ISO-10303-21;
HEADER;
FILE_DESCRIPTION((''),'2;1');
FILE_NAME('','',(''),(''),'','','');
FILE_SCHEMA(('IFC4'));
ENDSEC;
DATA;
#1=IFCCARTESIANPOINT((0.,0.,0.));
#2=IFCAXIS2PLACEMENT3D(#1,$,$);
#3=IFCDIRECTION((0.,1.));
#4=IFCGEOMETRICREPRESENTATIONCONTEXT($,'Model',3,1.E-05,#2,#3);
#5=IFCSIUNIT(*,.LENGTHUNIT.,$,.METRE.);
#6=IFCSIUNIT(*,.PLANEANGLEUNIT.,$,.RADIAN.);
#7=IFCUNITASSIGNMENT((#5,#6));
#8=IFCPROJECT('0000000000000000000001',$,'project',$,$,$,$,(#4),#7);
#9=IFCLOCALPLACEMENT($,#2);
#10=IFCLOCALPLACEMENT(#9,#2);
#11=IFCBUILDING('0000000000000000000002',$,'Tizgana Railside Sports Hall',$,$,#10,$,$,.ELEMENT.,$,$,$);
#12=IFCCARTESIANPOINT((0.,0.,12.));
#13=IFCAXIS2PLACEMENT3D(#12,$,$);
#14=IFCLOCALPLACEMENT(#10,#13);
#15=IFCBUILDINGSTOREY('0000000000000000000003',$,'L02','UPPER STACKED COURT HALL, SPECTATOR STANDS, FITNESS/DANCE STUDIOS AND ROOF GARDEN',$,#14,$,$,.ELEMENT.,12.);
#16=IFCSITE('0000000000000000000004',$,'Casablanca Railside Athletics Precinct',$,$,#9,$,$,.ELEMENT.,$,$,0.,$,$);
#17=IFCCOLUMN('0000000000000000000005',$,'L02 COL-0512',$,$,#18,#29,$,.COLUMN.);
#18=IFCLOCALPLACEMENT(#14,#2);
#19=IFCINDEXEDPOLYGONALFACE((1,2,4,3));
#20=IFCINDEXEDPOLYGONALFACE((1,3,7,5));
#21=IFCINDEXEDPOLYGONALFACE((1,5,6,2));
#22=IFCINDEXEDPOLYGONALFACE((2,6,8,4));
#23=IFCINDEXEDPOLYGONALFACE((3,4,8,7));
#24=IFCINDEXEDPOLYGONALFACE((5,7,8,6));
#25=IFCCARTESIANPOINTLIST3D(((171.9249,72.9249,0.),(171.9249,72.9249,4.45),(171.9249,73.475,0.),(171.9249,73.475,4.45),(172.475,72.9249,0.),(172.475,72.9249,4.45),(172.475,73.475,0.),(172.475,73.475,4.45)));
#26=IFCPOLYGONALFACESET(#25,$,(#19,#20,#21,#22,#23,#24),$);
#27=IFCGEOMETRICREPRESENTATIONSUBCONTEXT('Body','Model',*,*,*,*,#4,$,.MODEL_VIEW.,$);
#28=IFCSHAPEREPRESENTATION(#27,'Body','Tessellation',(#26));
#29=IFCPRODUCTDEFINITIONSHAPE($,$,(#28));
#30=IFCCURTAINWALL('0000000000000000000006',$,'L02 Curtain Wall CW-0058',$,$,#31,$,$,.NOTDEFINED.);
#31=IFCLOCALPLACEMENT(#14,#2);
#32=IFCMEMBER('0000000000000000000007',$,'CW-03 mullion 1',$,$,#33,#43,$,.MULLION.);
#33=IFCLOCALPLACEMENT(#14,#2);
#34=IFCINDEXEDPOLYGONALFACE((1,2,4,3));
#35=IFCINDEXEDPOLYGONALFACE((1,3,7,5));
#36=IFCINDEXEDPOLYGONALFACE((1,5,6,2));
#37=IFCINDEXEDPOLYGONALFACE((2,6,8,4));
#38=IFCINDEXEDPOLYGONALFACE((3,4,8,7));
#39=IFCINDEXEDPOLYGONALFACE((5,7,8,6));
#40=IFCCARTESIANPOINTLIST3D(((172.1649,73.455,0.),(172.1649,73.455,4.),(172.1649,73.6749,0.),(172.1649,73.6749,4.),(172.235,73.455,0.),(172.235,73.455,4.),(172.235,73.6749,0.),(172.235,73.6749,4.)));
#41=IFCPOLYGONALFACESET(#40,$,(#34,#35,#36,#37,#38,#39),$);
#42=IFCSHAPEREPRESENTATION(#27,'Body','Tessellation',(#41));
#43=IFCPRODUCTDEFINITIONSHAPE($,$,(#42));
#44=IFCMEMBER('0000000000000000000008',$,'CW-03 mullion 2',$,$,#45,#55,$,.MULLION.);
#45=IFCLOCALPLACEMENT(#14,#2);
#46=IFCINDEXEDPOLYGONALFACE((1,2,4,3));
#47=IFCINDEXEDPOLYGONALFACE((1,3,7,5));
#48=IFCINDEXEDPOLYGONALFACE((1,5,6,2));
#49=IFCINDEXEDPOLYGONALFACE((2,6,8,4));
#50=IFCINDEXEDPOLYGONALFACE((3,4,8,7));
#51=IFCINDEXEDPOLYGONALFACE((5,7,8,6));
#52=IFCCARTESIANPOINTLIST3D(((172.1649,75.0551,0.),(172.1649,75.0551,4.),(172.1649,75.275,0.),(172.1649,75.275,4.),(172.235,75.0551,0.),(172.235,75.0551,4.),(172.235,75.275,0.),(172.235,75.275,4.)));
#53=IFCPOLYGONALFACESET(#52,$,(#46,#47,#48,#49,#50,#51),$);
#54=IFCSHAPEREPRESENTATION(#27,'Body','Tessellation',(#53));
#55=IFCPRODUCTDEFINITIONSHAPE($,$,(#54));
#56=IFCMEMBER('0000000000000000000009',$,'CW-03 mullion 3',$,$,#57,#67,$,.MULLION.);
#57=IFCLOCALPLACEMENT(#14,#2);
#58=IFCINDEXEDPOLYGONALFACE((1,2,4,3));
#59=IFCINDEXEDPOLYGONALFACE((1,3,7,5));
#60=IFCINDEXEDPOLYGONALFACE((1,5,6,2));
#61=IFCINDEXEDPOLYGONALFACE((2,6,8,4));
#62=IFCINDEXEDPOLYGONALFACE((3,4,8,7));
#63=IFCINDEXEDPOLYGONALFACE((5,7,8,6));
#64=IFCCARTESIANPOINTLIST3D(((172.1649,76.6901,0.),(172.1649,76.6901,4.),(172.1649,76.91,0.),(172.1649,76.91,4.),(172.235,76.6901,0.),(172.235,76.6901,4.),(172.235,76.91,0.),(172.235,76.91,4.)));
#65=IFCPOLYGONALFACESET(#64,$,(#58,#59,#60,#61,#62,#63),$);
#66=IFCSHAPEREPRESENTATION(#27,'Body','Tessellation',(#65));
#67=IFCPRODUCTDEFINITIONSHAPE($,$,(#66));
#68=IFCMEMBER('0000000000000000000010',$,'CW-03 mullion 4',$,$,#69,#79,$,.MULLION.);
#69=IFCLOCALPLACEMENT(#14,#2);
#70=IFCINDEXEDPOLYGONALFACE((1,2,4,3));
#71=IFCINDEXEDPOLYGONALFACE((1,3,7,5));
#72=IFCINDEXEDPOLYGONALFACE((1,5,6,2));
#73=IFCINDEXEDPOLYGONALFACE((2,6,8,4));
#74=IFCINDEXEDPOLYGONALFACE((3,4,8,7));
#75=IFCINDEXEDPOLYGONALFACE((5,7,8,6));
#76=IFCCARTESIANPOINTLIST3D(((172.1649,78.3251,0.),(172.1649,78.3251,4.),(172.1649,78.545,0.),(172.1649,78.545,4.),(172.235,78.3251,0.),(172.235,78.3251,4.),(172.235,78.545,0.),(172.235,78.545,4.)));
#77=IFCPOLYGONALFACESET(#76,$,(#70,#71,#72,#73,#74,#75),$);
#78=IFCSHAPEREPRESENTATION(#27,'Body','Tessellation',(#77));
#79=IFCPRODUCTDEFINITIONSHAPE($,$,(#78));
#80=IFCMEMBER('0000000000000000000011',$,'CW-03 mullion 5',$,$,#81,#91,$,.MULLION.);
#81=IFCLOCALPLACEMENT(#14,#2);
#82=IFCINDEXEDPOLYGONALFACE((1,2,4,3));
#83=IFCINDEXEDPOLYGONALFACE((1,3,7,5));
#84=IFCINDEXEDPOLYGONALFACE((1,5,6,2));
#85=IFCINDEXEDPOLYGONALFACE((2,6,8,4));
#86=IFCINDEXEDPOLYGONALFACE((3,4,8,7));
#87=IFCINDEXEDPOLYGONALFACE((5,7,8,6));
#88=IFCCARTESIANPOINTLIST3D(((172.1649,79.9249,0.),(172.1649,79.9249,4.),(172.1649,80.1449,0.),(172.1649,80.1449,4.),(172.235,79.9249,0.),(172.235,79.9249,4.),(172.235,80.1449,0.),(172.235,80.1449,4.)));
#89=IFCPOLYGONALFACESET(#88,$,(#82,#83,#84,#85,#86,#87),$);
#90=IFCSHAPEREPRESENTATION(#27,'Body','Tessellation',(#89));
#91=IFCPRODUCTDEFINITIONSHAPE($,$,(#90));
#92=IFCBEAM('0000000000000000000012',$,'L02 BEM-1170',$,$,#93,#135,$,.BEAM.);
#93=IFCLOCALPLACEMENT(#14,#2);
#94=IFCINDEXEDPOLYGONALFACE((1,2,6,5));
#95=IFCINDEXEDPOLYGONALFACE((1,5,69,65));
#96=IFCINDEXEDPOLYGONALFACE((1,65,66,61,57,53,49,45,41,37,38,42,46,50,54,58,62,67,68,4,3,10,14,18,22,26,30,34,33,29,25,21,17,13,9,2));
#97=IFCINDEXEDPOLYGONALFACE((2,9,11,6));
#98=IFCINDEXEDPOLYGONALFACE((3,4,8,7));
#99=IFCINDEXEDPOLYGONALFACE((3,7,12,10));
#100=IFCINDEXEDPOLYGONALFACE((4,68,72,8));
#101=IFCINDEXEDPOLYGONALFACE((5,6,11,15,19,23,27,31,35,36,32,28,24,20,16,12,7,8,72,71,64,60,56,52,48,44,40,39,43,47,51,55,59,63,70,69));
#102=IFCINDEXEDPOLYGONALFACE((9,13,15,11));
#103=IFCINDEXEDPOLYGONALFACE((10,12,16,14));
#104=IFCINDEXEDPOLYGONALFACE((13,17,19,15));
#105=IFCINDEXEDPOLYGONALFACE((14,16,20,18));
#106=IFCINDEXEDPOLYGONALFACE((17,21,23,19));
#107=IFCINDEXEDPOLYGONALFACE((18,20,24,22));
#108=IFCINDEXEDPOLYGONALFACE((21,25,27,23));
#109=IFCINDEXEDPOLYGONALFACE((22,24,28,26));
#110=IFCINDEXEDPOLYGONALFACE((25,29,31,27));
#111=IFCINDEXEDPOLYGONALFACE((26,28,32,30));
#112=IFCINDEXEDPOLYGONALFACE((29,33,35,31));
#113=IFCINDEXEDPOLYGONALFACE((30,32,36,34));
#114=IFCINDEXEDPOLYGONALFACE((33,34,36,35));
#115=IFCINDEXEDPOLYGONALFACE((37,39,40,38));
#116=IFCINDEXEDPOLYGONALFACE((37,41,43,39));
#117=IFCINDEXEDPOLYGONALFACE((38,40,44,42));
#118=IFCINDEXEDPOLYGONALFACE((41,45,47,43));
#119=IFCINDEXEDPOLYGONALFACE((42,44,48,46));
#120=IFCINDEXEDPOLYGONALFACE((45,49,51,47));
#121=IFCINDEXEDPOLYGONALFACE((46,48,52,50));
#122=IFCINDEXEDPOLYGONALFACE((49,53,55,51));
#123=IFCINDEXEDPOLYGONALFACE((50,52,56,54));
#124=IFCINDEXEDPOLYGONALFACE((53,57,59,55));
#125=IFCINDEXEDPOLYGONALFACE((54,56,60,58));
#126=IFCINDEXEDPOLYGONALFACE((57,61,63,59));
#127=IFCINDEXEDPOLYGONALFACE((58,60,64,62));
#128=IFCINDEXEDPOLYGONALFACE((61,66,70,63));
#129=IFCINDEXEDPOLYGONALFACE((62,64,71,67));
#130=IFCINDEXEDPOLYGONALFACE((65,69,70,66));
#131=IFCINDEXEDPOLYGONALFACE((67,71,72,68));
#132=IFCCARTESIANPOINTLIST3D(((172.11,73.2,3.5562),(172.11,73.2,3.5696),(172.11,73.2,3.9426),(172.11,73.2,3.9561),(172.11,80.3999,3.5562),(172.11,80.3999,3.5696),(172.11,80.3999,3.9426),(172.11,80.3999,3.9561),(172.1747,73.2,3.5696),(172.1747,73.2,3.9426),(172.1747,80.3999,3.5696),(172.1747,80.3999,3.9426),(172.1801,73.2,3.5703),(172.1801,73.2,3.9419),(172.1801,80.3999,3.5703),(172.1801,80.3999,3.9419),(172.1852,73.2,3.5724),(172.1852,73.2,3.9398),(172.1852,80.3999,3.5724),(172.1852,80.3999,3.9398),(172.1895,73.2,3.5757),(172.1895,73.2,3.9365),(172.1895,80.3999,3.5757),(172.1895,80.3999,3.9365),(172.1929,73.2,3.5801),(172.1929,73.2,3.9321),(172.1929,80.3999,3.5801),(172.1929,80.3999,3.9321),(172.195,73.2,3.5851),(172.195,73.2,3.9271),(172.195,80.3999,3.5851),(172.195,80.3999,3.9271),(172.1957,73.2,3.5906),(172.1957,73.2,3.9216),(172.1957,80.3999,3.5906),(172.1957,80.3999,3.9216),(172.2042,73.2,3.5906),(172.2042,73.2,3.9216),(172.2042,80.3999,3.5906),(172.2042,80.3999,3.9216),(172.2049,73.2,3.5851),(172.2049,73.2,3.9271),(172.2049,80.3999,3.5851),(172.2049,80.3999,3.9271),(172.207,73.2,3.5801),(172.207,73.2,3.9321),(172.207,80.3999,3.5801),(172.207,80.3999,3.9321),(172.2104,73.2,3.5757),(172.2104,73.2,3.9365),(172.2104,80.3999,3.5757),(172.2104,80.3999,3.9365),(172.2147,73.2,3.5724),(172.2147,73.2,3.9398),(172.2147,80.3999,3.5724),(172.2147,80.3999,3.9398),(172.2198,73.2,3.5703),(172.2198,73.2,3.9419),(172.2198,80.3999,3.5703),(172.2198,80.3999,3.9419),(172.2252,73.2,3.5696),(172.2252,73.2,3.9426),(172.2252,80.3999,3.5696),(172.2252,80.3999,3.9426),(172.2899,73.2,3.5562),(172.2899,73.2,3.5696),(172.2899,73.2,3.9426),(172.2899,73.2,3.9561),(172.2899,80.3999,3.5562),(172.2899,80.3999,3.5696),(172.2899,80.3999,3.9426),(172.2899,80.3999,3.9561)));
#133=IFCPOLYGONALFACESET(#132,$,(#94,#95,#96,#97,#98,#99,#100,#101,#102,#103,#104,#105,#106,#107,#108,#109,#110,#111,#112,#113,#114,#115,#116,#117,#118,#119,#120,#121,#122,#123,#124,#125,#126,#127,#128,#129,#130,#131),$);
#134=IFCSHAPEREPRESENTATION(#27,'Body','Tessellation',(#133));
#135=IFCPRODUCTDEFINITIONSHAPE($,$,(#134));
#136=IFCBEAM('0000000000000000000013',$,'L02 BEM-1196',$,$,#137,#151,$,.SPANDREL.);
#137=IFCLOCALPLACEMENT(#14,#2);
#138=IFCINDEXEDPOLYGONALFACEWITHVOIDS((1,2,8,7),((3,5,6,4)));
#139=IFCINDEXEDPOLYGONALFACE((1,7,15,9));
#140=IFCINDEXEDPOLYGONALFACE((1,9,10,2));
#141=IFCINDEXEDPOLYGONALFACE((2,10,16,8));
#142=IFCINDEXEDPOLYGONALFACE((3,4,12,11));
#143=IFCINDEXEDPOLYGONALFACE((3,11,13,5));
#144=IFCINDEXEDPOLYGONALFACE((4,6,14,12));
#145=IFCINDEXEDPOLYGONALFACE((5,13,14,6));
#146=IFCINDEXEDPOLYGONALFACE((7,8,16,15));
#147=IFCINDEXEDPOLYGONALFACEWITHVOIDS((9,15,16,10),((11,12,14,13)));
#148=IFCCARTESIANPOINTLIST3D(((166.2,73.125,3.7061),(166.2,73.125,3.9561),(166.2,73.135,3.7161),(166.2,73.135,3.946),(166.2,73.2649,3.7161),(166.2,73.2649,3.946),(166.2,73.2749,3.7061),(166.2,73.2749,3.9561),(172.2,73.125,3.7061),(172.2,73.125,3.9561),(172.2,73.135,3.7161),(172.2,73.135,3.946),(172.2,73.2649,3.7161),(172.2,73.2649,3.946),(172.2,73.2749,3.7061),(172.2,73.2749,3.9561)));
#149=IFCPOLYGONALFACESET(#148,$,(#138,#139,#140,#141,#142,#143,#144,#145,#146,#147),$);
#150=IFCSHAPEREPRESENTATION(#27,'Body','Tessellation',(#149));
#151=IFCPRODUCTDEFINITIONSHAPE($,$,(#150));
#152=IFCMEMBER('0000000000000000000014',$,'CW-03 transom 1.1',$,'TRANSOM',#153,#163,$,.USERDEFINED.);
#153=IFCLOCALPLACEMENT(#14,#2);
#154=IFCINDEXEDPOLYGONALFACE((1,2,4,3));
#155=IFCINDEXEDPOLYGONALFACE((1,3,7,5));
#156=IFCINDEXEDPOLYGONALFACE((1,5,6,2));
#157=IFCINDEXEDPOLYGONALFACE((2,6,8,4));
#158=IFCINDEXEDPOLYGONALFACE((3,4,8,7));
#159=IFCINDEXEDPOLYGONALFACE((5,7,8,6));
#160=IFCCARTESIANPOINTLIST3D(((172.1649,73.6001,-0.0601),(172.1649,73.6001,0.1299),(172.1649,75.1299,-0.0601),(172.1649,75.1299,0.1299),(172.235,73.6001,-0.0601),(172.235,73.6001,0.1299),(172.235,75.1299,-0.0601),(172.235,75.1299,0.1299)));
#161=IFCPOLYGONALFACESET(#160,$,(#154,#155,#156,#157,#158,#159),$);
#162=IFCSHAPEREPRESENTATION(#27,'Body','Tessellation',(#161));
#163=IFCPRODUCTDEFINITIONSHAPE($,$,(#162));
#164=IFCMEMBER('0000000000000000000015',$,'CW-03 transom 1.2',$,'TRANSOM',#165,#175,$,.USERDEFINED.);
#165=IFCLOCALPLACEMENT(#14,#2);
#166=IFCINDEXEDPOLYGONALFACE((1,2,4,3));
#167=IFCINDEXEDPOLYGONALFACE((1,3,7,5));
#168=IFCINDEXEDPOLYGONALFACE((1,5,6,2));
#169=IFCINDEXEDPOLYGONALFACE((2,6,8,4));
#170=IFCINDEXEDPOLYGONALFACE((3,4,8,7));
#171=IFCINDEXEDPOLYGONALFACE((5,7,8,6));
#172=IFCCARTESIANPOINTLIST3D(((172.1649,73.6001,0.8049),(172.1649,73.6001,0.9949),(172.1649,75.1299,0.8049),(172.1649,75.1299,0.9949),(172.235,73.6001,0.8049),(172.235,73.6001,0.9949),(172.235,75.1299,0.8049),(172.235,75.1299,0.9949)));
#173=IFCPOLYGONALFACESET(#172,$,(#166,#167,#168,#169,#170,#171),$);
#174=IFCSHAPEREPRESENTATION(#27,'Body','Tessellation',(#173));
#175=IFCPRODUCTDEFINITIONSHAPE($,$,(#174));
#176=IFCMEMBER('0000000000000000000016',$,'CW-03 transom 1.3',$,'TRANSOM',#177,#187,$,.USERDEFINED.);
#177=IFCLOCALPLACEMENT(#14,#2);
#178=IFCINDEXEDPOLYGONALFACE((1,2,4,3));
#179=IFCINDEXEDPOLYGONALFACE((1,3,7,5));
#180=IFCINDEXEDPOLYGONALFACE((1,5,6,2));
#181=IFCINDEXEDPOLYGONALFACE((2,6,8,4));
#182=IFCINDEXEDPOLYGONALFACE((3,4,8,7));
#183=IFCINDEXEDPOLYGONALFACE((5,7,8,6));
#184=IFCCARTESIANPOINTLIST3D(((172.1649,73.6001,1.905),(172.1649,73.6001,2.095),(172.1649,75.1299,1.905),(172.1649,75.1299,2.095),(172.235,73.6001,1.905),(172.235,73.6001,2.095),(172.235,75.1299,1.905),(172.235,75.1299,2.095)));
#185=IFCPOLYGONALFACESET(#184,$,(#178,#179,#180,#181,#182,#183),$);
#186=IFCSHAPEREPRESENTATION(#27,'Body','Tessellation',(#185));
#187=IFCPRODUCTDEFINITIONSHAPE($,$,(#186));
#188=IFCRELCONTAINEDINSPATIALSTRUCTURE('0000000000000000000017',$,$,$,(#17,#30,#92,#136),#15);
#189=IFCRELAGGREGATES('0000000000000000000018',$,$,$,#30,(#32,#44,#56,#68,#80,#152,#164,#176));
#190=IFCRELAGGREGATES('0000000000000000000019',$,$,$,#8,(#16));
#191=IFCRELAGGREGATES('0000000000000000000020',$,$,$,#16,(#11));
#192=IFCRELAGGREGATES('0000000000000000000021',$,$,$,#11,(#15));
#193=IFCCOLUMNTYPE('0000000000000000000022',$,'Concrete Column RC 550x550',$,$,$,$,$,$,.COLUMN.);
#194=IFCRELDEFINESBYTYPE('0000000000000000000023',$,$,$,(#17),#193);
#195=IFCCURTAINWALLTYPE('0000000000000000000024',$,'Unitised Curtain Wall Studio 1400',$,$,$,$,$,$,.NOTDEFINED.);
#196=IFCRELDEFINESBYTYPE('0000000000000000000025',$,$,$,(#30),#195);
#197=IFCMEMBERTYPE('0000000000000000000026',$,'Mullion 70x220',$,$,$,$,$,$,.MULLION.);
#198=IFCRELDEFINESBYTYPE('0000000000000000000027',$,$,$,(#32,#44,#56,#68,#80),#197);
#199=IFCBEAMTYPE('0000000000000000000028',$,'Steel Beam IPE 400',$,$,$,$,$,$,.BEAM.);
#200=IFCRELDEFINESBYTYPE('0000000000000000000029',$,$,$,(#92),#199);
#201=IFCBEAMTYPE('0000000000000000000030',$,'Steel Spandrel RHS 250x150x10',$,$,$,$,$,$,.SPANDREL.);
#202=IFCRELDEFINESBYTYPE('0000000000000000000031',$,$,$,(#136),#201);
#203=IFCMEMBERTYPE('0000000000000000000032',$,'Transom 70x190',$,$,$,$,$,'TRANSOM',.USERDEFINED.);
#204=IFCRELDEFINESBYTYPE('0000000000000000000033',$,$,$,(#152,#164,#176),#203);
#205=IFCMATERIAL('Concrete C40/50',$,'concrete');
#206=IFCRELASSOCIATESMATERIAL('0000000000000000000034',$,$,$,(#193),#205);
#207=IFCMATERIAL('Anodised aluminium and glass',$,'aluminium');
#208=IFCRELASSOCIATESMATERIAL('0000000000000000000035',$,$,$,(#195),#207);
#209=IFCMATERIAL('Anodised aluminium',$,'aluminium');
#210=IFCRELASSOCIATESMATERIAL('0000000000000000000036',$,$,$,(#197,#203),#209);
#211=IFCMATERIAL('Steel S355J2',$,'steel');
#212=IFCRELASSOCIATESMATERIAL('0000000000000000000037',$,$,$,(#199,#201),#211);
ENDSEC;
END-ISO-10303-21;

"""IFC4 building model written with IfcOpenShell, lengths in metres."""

from ifc_helpers import new_model, si_unit, direction, frame, origin, origin_2d, place, context, subcontext, project, spatial, rectangle, hollow_rectangle, i_section, extrude, material, material_profile, profile_set, type_object, element, aggregate, save


model = new_model("IFC4")

# Units and contexts
model_context = context("Model", 3, precision=1e-05, world=origin(), true_north=direction((0.0, 1.0)))
body_context = subcontext(model_context, "Body", "Model", "MODEL_VIEW")
ifc_project = project(units=[si_unit("LENGTHUNIT", "METRE"), si_unit("PLANEANGLEUNIT", "RADIAN")], contexts=[model_context])

# Site, building, storey
site_placement = place(None, origin())
site = spatial("IfcSite", under=ifc_project, at=site_placement, Name="Casablanca Railside Athletics Precinct", CompositionType="ELEMENT", RefElevation=0.0)
building_placement = place(site_placement, origin())
building = spatial("IfcBuilding", under=site, at=building_placement, Name="Tizgana Railside Sports Hall", CompositionType="ELEMENT")
storey_placement = place(building_placement, frame((0.0, 0.0, 12.0)))
storey = spatial("IfcBuildingStorey", under=building, at=storey_placement, Name="L02", Description="UPPER STACKED COURT HALL, SPECTATOR STANDS, FITNESS/DANCE STUDIOS AND ROOF GARDEN", CompositionType="ELEMENT", Elevation=12.0)

# Column
ifc_material_1 = material(Name="Concrete C40/50", Category="concrete")
ifc_material_profile_1 = material_profile(ifc_material_1, rectangle(XDim=0.55, YDim=0.55, at=origin_2d()), Name="RC 550x550")
ifc_profile_set_1 = profile_set([ifc_material_profile_1], Name="Concrete C40/50")
column_type = type_object("IfcColumnType", Name="Concrete Column RC 550x550", PredefinedType="COLUMN", material=ifc_profile_set_1)
column_placement = place(storey_placement, frame((172.2, 73.2, 0.0), z_axis=(0.0, 0.0, 1.0), x_axis=(1.0, 0.0, 0.0)))
element("IfcColumn", 1, at=column_placement, inside=storey, type_object=column_type, Name="L02 COL-0512", PredefinedType="COLUMN", context=body_context, shape_type="SweptSolid", body=[
    extrude(rectangle(XDim=0.55, YDim=0.55, at=origin_2d()), origin(), (0.0, 0.0, 1.0), 4.45),
])

# Curtain wall, members
ifc_material_2 = material(Name="Anodised aluminium and glass", Category="aluminium")
curtain_wall_type = type_object("IfcCurtainWallType", Name="Unitised Curtain Wall Studio 1400", PredefinedType="NOTDEFINED", material=ifc_material_2)
curtain_wall_placement = place(storey_placement, origin())
curtain_wall = element("IfcCurtainWall", 2, at=curtain_wall_placement, inside=storey, type_object=curtain_wall_type, Name="L02 Curtain Wall CW-0058", PredefinedType="NOTDEFINED")
ifc_material_3 = material(Name="Anodised aluminium", Category="aluminium")
ifc_material_profile_2 = material_profile(ifc_material_3, rectangle(XDim=0.0701, YDim=0.22, at=origin_2d()), Name="Mullion 70x220")
ifc_profile_set_2 = profile_set([ifc_material_profile_2], Name="Anodised aluminium")
member_type_1 = type_object("IfcMemberType", Name="Mullion 70x220", PredefinedType="MULLION", material=ifc_profile_set_2)
member_1_placement = place(storey_placement, frame((172.2, 73.5649, 0.0), z_axis=(0.0, 0.0, 1.0), x_axis=(-1.0, 0.0, 0.0)))
member_1 = element("IfcMember", 3, at=member_1_placement, type_object=member_type_1, Name="CW-03 mullion 1", PredefinedType="MULLION", context=body_context, shape_type="SweptSolid", body=[
    extrude(rectangle(XDim=0.0701, YDim=0.22, at=origin_2d()), origin(), (0.0, 0.0, 1.0), 4.0),
])
member_2_placement = place(storey_placement, frame((172.2, 75.165, 0.0), z_axis=(0.0, 0.0, 1.0), x_axis=(-1.0, 0.0, 0.0)))
member_2 = element("IfcMember", 4, at=member_2_placement, type_object=member_type_1, Name="CW-03 mullion 2", PredefinedType="MULLION", context=body_context, shape_type="SweptSolid", body=[
    extrude(rectangle(XDim=0.0701, YDim=0.22, at=origin_2d()), origin(), (0.0, 0.0, 1.0), 4.0),
])
member_3_placement = place(storey_placement, frame((172.2, 76.8, 0.0), z_axis=(0.0, 0.0, 1.0), x_axis=(-1.0, 0.0, 0.0)))
member_3 = element("IfcMember", 5, at=member_3_placement, type_object=member_type_1, Name="CW-03 mullion 3", PredefinedType="MULLION", context=body_context, shape_type="SweptSolid", body=[
    extrude(rectangle(XDim=0.0701, YDim=0.22, at=origin_2d()), origin(), (0.0, 0.0, 1.0), 4.0),
])
member_4_placement = place(storey_placement, frame((172.2, 78.4351, 0.0), z_axis=(0.0, 0.0, 1.0), x_axis=(-1.0, 0.0, 0.0)))
member_4 = element("IfcMember", 6, at=member_4_placement, type_object=member_type_1, Name="CW-03 mullion 4", PredefinedType="MULLION", context=body_context, shape_type="SweptSolid", body=[
    extrude(rectangle(XDim=0.0701, YDim=0.22, at=origin_2d()), origin(), (0.0, 0.0, 1.0), 4.0),
])
member_5_placement = place(storey_placement, frame((172.2, 80.0349, 0.0), z_axis=(0.0, 0.0, 1.0), x_axis=(-1.0, 0.0, 0.0)))
member_5 = element("IfcMember", 7, at=member_5_placement, type_object=member_type_1, Name="CW-03 mullion 5", PredefinedType="MULLION", context=body_context, shape_type="SweptSolid", body=[
    extrude(rectangle(XDim=0.0701, YDim=0.22, at=origin_2d()), origin(), (0.0, 0.0, 1.0), 4.0),
])

# Beams
ifc_material_4 = material(Name="Steel S355J2", Category="steel")
ifc_material_profile_3 = material_profile(ifc_material_4, i_section(OverallWidth=0.1799, OverallDepth=0.3999, WebThickness=0.0085, FlangeThickness=0.0134, FilletRadius=0.021, at=origin_2d()), Name="IPE 400")
ifc_profile_set_3 = profile_set([ifc_material_profile_3], Name="Steel S355J2")
beam_type_1 = type_object("IfcBeamType", Name="Steel Beam IPE 400", PredefinedType="BEAM", material=ifc_profile_set_3)
beam_1_placement = place(storey_placement, frame((172.2, 73.2, 3.7561), z_axis=(0.0, 1.0, 0.0), x_axis=(-1.0, 0.0, 0.0)))
element("IfcBeam", 8, at=beam_1_placement, inside=storey, type_object=beam_type_1, Name="L02 BEM-1170", PredefinedType="BEAM", context=body_context, shape_type="SweptSolid", body=[
    extrude(i_section(OverallWidth=0.1799, OverallDepth=0.3999, WebThickness=0.0085, FlangeThickness=0.0134, FilletRadius=0.021, at=origin_2d()), origin(), (0.0, 0.0, 1.0), 7.2),
])
ifc_material_profile_4 = material_profile(ifc_material_4, hollow_rectangle(XDim=0.1499, YDim=0.25, WallThickness=0.01, at=origin_2d()), Name="RHS 250x150x10")
ifc_profile_set_4 = profile_set([ifc_material_profile_4], Name="Steel S355J2")
beam_type_2 = type_object("IfcBeamType", Name="Steel Spandrel RHS 250x150x10", PredefinedType="SPANDREL", material=ifc_profile_set_4)
beam_2_placement = place(storey_placement, frame((166.2, 73.2, 3.8311), z_axis=(1.0, 0.0, 0.0), x_axis=(0.0, 1.0, 0.0)))
element("IfcBeam", 9, at=beam_2_placement, inside=storey, type_object=beam_type_2, Name="L02 BEM-1196", PredefinedType="SPANDREL", context=body_context, shape_type="SweptSolid", body=[
    extrude(hollow_rectangle(XDim=0.1499, YDim=0.25, WallThickness=0.01, at=origin_2d()), origin(), (0.0, 0.0, 1.0), 6.0),
])

# Members
ifc_material_profile_5 = material_profile(ifc_material_3, rectangle(XDim=0.0701, YDim=0.1899, at=origin_2d()), Name="Transom 70x190")
ifc_profile_set_5 = profile_set([ifc_material_profile_5], Name="Anodised aluminium")
member_type_2 = type_object("IfcMemberType", Name="Transom 70x190", ElementType="TRANSOM", PredefinedType="USERDEFINED", material=ifc_profile_set_5)
member_6_placement = place(storey_placement, frame((172.2, 73.6001, 0.0349), z_axis=(0.0, 1.0, 0.0), x_axis=(-1.0, 0.0, 0.0)))
member_6 = element("IfcMember", 10, at=member_6_placement, type_object=member_type_2, Name="CW-03 transom 1.1", ObjectType="TRANSOM", PredefinedType="USERDEFINED", context=body_context, shape_type="SweptSolid", body=[
    extrude(rectangle(XDim=0.0701, YDim=0.1899, at=origin_2d()), origin(), (0.0, 0.0, 1.0), 1.5298),
])
member_7_placement = place(storey_placement, frame((172.2, 73.6001, 0.8999), z_axis=(0.0, 1.0, 0.0), x_axis=(-1.0, 0.0, 0.0)))
member_7 = element("IfcMember", 11, at=member_7_placement, type_object=member_type_2, Name="CW-03 transom 1.2", ObjectType="TRANSOM", PredefinedType="USERDEFINED", context=body_context, shape_type="SweptSolid", body=[
    extrude(rectangle(XDim=0.0701, YDim=0.1899, at=origin_2d()), origin(), (0.0, 0.0, 1.0), 1.5298),
])
member_8_placement = place(storey_placement, frame((172.2, 73.6001, 2.0), z_axis=(0.0, 1.0, 0.0), x_axis=(-1.0, 0.0, 0.0)))
member_8 = element("IfcMember", 12, at=member_8_placement, type_object=member_type_2, Name="CW-03 transom 1.3", ObjectType="TRANSOM", PredefinedType="USERDEFINED", context=body_context, shape_type="SweptSolid", body=[
    extrude(rectangle(XDim=0.0701, YDim=0.1899, at=origin_2d()), origin(), (0.0, 0.0, 1.0), 1.5298),
])

aggregate(curtain_wall, [member_1, member_2, member_3, member_4, member_5, member_6, member_7, member_8])

save(model, "model.ifc")
